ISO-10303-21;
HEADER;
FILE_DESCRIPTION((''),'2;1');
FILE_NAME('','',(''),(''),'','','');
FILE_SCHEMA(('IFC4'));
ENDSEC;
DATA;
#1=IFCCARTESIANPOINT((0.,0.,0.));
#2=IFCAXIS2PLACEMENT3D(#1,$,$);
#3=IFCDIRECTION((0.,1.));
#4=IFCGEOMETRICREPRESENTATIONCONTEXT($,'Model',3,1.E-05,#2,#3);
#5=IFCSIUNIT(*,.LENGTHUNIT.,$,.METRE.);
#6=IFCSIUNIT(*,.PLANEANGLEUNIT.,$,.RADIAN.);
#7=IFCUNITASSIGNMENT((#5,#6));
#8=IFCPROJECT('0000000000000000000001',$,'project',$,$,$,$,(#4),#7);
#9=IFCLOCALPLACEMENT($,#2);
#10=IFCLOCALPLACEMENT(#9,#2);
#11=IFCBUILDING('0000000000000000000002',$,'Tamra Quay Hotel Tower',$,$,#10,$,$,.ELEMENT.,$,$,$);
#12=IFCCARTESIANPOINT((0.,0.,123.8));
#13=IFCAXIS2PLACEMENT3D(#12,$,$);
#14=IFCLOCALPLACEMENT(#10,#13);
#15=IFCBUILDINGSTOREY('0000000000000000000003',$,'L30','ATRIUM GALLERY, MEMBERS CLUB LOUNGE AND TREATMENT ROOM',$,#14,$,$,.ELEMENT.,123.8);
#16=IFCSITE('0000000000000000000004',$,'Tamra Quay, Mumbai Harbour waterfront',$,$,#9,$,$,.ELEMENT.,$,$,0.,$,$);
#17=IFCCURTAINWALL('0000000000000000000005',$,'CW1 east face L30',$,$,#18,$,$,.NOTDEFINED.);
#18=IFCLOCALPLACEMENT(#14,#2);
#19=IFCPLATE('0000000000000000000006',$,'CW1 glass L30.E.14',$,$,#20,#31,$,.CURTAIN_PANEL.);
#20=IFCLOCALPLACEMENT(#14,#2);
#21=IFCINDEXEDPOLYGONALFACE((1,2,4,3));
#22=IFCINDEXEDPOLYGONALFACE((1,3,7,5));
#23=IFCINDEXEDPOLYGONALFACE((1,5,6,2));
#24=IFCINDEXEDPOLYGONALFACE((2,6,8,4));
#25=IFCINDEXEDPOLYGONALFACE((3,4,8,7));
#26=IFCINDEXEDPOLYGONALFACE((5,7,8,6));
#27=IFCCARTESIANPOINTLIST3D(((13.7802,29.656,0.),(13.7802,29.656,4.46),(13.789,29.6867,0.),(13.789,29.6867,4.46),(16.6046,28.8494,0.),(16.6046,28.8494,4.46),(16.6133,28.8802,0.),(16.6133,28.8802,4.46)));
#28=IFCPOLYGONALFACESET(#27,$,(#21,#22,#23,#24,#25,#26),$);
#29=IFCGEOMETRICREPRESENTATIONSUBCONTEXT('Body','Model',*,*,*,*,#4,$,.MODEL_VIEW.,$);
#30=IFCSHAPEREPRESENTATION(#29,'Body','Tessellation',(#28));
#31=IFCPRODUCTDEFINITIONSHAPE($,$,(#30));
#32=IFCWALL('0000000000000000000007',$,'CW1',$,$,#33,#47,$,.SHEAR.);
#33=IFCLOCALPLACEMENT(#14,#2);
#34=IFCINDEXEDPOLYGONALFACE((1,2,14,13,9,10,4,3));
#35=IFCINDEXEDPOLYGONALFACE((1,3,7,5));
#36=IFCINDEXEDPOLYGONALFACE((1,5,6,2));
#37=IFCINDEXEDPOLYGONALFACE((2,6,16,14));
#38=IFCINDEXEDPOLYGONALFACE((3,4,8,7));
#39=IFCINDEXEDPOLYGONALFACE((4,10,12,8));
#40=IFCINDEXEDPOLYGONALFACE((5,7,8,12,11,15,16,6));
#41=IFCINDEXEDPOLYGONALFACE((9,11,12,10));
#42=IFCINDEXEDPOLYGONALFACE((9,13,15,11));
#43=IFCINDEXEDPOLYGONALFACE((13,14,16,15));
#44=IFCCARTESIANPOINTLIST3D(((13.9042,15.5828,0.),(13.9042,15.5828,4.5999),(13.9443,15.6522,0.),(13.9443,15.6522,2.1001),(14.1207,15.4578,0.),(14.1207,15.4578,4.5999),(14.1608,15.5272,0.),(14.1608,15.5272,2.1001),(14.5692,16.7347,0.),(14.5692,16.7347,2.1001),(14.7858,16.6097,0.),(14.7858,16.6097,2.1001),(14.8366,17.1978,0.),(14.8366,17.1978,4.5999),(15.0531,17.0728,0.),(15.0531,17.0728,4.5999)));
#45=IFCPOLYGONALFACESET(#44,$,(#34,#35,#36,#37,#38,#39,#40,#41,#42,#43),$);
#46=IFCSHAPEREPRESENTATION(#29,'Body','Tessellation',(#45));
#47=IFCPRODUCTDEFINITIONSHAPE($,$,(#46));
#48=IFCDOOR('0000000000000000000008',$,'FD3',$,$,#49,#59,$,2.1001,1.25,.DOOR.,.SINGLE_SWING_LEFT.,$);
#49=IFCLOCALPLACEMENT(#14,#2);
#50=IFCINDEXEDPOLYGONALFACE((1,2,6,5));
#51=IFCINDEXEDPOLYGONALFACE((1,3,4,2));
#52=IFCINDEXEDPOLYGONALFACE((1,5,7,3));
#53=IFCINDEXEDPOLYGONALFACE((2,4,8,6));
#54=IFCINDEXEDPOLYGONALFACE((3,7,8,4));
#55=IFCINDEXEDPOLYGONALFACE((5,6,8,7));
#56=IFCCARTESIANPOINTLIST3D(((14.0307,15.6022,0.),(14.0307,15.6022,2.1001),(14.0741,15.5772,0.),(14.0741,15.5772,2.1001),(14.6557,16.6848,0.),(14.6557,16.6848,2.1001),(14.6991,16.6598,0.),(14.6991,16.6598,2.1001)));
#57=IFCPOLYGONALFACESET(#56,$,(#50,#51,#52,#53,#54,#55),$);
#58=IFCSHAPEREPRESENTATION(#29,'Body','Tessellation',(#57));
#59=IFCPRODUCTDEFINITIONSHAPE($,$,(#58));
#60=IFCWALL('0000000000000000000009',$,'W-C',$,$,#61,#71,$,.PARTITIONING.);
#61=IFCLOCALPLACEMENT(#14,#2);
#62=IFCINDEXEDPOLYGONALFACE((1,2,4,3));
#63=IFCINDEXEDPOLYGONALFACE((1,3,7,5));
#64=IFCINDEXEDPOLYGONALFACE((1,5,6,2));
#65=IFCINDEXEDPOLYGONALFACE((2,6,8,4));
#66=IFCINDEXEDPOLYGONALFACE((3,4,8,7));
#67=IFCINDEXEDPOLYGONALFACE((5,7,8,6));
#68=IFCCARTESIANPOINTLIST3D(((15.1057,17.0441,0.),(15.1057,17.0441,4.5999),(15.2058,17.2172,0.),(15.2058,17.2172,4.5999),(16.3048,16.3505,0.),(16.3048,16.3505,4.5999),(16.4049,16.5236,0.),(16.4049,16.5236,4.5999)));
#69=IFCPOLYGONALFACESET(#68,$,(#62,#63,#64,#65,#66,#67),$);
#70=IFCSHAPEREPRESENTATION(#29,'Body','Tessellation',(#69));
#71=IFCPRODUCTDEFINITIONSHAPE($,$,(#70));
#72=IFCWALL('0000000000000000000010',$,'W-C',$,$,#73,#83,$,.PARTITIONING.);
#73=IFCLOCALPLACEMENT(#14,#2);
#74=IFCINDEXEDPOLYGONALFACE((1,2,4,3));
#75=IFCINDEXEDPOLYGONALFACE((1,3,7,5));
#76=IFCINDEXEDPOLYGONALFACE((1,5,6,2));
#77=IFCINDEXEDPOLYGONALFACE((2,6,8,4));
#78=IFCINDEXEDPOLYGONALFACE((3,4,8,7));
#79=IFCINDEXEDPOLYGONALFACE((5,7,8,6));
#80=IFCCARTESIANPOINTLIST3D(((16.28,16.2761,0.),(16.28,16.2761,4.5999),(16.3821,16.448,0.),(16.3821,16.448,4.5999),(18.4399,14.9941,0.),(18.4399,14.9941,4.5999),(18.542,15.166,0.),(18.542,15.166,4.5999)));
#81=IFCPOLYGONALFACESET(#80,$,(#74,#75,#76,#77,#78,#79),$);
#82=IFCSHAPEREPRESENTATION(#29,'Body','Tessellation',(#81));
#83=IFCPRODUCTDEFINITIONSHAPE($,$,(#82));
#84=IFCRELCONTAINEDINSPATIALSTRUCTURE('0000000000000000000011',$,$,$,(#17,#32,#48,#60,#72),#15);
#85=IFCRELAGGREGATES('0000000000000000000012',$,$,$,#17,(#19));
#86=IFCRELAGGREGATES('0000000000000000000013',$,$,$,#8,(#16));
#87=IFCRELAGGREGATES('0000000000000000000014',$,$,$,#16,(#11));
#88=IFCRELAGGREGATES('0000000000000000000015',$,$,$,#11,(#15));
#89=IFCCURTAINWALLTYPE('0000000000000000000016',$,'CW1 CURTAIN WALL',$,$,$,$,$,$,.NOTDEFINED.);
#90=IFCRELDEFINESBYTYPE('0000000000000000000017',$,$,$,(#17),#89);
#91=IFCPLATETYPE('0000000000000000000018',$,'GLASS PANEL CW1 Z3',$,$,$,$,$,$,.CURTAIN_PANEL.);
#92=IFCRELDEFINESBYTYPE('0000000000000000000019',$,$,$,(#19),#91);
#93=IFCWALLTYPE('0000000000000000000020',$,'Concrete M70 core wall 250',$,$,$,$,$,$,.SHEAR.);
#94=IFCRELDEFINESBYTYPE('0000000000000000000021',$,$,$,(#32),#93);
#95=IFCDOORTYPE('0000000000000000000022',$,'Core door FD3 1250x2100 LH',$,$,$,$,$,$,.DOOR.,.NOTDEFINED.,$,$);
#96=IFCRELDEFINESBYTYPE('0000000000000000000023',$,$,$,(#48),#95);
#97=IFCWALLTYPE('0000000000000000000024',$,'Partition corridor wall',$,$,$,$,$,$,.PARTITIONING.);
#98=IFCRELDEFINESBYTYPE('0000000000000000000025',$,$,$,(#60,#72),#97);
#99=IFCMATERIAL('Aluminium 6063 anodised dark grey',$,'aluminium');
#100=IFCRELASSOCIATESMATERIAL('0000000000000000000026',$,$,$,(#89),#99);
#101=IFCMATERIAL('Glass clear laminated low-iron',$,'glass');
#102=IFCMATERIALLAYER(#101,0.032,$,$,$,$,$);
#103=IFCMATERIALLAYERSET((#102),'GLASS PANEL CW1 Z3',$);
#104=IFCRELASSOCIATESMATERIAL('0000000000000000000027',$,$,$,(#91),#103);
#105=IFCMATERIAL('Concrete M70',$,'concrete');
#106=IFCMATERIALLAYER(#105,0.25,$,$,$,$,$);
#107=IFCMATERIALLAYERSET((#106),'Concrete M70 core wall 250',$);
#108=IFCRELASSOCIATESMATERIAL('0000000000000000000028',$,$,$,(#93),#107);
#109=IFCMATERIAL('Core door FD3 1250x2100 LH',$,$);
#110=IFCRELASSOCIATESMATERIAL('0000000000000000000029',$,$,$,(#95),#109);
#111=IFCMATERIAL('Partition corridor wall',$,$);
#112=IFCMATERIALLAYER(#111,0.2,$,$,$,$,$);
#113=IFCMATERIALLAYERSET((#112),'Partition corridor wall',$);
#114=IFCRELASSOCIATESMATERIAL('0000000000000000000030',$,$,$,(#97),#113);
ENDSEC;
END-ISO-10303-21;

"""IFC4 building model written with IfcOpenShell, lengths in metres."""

from ifc_helpers import new_model, si_unit, direction, frame, frame_2d, origin, origin_2d, place, context, subcontext, project, spatial, rectangle, extrude, material, layer, layer_set, type_object, element, fill, aggregate, save


model = new_model("IFC4")

# Units and contexts
model_context = context("Model", 3, precision=1e-05, world=origin(), true_north=direction((0.0, 1.0)))
body_context = subcontext(model_context, "Body", "Model", "MODEL_VIEW")
ifc_project = project(units=[si_unit("LENGTHUNIT", "METRE"), si_unit("PLANEANGLEUNIT", "RADIAN")], contexts=[model_context])

# Site, building, storey
site_placement = place(None, origin())
site = spatial("IfcSite", under=ifc_project, at=site_placement, Name="Tamra Quay, Mumbai Harbour waterfront", CompositionType="ELEMENT", RefElevation=0.0)
building_placement = place(site_placement, origin())
building = spatial("IfcBuilding", under=site, at=building_placement, Name="Tamra Quay Hotel Tower", CompositionType="ELEMENT")
storey_placement = place(building_placement, frame((0.0, 0.0, 123.8)))
storey = spatial("IfcBuildingStorey", under=building, at=storey_placement, Name="L30", Description="ATRIUM GALLERY, MEMBERS CLUB LOUNGE AND TREATMENT ROOM", CompositionType="ELEMENT", Elevation=123.8)

# Shared definitions
ifc_material_1 = material(Name="Concrete M70", Category="concrete")

# Curtain wall, plate
ifc_material_2 = material(Name="Aluminium 6063 anodised dark grey", Category="aluminium")
curtain_wall_type = type_object("IfcCurtainWallType", Name="CW1 CURTAIN WALL", PredefinedType="NOTDEFINED", material=ifc_material_2)
curtain_wall_placement = place(storey_placement, origin())
curtain_wall = element("IfcCurtainWall", 1, at=curtain_wall_placement, inside=storey, type_object=curtain_wall_type, Name="CW1 east face L30", PredefinedType="NOTDEFINED")
ifc_material_3 = material(Name="Glass clear laminated low-iron", Category="glass")
ifc_layer_1 = layer(ifc_material_3, 0.032)
ifc_layer_set_1 = layer_set([ifc_layer_1], Name="GLASS PANEL CW1 Z3")
plate_type = type_object("IfcPlateType", Name="GLASS PANEL CW1 Z3", PredefinedType="CURTAIN_PANEL", material=ifc_layer_set_1)
plate_1_placement = place(storey_placement, frame((15.1968, 29.2681, 0.0), z_axis=(0.0, 0.0, 1.0), x_axis=(-0.961561, 0.274593, 0.0)))
plate_1 = element("IfcPlate", 2, at=plate_1_placement, type_object=plate_type, Name="CW1 glass L30.E.14", PredefinedType="CURTAIN_PANEL", context=body_context, shape_type="SweptSolid", body=[
    extrude(rectangle(XDim=2.9373, YDim=0.032, at=origin_2d()), origin(), (0.0, 0.0, 1.0), 4.46),
])
aggregate(curtain_wall, [plate_1])

# Wall, opening, door
ifc_layer_2 = layer(ifc_material_1, 0.25)
ifc_layer_set_2 = layer_set([ifc_layer_2], Name="Concrete M70 core wall 250")
wall_type_1 = type_object("IfcWallType", Name="Concrete M70 core wall 250", PredefinedType="SHEAR", material=ifc_layer_set_2)
wall_1_placement = place(storey_placement, frame((14.9448, 17.1353, 0.0), z_axis=(0.0, 0.0, 1.0), x_axis=(-0.499983, -0.866035, 0.0)))
wall_1 = element("IfcWall", 3, at=wall_1_placement, inside=storey, type_object=wall_type_1, Name="CW1", PredefinedType="SHEAR", context=body_context, shape_type="SweptSolid", body=[
    extrude(rectangle(XDim=1.8647, YDim=0.25, at=frame_2d((0.9324, 0.0))), origin(), (0.0, 0.0, 1.0), 4.5999),
])
opening_placement = place(wall_1_placement, frame((0.5347, 0.0, 0.0)))
opening = element("IfcOpeningElement", 4, at=opening_placement, cuts=wall_1, PredefinedType="OPENING", context=body_context, shape_type="SweptSolid", body=[
    extrude(rectangle(XDim=1.25, YDim=2.1001, at=frame_2d((0.625, 1.05))), frame((0.0, 0.135, 0.0), z_axis=(0.0, -1.0, 0.0), x_axis=(1.0, 0.0, 0.0)), (0.0, 0.0, 1.0), 0.27),
])
ifc_material_4 = material(Name="Core door FD3 1250x2100 LH")
door_type = type_object("IfcDoorType", Name="Core door FD3 1250x2100 LH", OperationType="NOTDEFINED", PredefinedType="DOOR", material=ifc_material_4)
door_placement = place(opening_placement, origin())
door = element("IfcDoor", 5, at=door_placement, inside=storey, type_object=door_type, Name="FD3", OperationType="SINGLE_SWING_LEFT", OverallHeight=2.1001, OverallWidth=1.25, PredefinedType="DOOR", context=body_context, shape_type="SweptSolid", body=[
    extrude(rectangle(XDim=1.25, YDim=2.1001, at=frame_2d((0.625, 1.05))), frame((0.0, 0.0249, 0.0), z_axis=(0.0, -1.0, 0.0), x_axis=(1.0, 0.0, 0.0)), (0.0, 0.0, 1.0), 0.05),
])
fill(opening, door)

# Walls
ifc_material_5 = material(Name="Partition corridor wall")
ifc_layer_3 = layer(ifc_material_5, 0.2)
ifc_layer_set_3 = layer_set([ifc_layer_3], Name="Partition corridor wall")
wall_type_2 = type_object("IfcWallType", Name="Partition corridor wall", PredefinedType="PARTITIONING", material=ifc_layer_set_3)
wall_2_placement = place(storey_placement, frame((15.1558, 17.1306, 0.0), z_axis=(0.0, 0.0, 1.0), x_axis=(0.865639, -0.500668, 0.0)))
element("IfcWall", 6, at=wall_2_placement, inside=storey, type_object=wall_type_2, Name="W-C", PredefinedType="PARTITIONING", context=body_context, shape_type="SweptSolid", body=[
    extrude(rectangle(XDim=1.3853, YDim=0.2, at=frame_2d((0.6926, 0.0))), origin(), (0.0, 0.0, 1.0), 4.5999),
])
wall_3_placement = place(storey_placement, frame((16.3311, 16.3621, 0.0), z_axis=(0.0, 0.0, 1.0), x_axis=(0.859936, -0.510402, 0.0)))
element("IfcWall", 7, at=wall_3_placement, inside=storey, type_object=wall_type_2, Name="W-C", PredefinedType="PARTITIONING", context=body_context, shape_type="SweptSolid", body=[
    extrude(rectangle(XDim=2.5117, YDim=0.2, at=frame_2d((1.2559, 0.0))), origin(), (0.0, 0.0, 1.0), 4.5999),
])

save(model, "model.ifc")
